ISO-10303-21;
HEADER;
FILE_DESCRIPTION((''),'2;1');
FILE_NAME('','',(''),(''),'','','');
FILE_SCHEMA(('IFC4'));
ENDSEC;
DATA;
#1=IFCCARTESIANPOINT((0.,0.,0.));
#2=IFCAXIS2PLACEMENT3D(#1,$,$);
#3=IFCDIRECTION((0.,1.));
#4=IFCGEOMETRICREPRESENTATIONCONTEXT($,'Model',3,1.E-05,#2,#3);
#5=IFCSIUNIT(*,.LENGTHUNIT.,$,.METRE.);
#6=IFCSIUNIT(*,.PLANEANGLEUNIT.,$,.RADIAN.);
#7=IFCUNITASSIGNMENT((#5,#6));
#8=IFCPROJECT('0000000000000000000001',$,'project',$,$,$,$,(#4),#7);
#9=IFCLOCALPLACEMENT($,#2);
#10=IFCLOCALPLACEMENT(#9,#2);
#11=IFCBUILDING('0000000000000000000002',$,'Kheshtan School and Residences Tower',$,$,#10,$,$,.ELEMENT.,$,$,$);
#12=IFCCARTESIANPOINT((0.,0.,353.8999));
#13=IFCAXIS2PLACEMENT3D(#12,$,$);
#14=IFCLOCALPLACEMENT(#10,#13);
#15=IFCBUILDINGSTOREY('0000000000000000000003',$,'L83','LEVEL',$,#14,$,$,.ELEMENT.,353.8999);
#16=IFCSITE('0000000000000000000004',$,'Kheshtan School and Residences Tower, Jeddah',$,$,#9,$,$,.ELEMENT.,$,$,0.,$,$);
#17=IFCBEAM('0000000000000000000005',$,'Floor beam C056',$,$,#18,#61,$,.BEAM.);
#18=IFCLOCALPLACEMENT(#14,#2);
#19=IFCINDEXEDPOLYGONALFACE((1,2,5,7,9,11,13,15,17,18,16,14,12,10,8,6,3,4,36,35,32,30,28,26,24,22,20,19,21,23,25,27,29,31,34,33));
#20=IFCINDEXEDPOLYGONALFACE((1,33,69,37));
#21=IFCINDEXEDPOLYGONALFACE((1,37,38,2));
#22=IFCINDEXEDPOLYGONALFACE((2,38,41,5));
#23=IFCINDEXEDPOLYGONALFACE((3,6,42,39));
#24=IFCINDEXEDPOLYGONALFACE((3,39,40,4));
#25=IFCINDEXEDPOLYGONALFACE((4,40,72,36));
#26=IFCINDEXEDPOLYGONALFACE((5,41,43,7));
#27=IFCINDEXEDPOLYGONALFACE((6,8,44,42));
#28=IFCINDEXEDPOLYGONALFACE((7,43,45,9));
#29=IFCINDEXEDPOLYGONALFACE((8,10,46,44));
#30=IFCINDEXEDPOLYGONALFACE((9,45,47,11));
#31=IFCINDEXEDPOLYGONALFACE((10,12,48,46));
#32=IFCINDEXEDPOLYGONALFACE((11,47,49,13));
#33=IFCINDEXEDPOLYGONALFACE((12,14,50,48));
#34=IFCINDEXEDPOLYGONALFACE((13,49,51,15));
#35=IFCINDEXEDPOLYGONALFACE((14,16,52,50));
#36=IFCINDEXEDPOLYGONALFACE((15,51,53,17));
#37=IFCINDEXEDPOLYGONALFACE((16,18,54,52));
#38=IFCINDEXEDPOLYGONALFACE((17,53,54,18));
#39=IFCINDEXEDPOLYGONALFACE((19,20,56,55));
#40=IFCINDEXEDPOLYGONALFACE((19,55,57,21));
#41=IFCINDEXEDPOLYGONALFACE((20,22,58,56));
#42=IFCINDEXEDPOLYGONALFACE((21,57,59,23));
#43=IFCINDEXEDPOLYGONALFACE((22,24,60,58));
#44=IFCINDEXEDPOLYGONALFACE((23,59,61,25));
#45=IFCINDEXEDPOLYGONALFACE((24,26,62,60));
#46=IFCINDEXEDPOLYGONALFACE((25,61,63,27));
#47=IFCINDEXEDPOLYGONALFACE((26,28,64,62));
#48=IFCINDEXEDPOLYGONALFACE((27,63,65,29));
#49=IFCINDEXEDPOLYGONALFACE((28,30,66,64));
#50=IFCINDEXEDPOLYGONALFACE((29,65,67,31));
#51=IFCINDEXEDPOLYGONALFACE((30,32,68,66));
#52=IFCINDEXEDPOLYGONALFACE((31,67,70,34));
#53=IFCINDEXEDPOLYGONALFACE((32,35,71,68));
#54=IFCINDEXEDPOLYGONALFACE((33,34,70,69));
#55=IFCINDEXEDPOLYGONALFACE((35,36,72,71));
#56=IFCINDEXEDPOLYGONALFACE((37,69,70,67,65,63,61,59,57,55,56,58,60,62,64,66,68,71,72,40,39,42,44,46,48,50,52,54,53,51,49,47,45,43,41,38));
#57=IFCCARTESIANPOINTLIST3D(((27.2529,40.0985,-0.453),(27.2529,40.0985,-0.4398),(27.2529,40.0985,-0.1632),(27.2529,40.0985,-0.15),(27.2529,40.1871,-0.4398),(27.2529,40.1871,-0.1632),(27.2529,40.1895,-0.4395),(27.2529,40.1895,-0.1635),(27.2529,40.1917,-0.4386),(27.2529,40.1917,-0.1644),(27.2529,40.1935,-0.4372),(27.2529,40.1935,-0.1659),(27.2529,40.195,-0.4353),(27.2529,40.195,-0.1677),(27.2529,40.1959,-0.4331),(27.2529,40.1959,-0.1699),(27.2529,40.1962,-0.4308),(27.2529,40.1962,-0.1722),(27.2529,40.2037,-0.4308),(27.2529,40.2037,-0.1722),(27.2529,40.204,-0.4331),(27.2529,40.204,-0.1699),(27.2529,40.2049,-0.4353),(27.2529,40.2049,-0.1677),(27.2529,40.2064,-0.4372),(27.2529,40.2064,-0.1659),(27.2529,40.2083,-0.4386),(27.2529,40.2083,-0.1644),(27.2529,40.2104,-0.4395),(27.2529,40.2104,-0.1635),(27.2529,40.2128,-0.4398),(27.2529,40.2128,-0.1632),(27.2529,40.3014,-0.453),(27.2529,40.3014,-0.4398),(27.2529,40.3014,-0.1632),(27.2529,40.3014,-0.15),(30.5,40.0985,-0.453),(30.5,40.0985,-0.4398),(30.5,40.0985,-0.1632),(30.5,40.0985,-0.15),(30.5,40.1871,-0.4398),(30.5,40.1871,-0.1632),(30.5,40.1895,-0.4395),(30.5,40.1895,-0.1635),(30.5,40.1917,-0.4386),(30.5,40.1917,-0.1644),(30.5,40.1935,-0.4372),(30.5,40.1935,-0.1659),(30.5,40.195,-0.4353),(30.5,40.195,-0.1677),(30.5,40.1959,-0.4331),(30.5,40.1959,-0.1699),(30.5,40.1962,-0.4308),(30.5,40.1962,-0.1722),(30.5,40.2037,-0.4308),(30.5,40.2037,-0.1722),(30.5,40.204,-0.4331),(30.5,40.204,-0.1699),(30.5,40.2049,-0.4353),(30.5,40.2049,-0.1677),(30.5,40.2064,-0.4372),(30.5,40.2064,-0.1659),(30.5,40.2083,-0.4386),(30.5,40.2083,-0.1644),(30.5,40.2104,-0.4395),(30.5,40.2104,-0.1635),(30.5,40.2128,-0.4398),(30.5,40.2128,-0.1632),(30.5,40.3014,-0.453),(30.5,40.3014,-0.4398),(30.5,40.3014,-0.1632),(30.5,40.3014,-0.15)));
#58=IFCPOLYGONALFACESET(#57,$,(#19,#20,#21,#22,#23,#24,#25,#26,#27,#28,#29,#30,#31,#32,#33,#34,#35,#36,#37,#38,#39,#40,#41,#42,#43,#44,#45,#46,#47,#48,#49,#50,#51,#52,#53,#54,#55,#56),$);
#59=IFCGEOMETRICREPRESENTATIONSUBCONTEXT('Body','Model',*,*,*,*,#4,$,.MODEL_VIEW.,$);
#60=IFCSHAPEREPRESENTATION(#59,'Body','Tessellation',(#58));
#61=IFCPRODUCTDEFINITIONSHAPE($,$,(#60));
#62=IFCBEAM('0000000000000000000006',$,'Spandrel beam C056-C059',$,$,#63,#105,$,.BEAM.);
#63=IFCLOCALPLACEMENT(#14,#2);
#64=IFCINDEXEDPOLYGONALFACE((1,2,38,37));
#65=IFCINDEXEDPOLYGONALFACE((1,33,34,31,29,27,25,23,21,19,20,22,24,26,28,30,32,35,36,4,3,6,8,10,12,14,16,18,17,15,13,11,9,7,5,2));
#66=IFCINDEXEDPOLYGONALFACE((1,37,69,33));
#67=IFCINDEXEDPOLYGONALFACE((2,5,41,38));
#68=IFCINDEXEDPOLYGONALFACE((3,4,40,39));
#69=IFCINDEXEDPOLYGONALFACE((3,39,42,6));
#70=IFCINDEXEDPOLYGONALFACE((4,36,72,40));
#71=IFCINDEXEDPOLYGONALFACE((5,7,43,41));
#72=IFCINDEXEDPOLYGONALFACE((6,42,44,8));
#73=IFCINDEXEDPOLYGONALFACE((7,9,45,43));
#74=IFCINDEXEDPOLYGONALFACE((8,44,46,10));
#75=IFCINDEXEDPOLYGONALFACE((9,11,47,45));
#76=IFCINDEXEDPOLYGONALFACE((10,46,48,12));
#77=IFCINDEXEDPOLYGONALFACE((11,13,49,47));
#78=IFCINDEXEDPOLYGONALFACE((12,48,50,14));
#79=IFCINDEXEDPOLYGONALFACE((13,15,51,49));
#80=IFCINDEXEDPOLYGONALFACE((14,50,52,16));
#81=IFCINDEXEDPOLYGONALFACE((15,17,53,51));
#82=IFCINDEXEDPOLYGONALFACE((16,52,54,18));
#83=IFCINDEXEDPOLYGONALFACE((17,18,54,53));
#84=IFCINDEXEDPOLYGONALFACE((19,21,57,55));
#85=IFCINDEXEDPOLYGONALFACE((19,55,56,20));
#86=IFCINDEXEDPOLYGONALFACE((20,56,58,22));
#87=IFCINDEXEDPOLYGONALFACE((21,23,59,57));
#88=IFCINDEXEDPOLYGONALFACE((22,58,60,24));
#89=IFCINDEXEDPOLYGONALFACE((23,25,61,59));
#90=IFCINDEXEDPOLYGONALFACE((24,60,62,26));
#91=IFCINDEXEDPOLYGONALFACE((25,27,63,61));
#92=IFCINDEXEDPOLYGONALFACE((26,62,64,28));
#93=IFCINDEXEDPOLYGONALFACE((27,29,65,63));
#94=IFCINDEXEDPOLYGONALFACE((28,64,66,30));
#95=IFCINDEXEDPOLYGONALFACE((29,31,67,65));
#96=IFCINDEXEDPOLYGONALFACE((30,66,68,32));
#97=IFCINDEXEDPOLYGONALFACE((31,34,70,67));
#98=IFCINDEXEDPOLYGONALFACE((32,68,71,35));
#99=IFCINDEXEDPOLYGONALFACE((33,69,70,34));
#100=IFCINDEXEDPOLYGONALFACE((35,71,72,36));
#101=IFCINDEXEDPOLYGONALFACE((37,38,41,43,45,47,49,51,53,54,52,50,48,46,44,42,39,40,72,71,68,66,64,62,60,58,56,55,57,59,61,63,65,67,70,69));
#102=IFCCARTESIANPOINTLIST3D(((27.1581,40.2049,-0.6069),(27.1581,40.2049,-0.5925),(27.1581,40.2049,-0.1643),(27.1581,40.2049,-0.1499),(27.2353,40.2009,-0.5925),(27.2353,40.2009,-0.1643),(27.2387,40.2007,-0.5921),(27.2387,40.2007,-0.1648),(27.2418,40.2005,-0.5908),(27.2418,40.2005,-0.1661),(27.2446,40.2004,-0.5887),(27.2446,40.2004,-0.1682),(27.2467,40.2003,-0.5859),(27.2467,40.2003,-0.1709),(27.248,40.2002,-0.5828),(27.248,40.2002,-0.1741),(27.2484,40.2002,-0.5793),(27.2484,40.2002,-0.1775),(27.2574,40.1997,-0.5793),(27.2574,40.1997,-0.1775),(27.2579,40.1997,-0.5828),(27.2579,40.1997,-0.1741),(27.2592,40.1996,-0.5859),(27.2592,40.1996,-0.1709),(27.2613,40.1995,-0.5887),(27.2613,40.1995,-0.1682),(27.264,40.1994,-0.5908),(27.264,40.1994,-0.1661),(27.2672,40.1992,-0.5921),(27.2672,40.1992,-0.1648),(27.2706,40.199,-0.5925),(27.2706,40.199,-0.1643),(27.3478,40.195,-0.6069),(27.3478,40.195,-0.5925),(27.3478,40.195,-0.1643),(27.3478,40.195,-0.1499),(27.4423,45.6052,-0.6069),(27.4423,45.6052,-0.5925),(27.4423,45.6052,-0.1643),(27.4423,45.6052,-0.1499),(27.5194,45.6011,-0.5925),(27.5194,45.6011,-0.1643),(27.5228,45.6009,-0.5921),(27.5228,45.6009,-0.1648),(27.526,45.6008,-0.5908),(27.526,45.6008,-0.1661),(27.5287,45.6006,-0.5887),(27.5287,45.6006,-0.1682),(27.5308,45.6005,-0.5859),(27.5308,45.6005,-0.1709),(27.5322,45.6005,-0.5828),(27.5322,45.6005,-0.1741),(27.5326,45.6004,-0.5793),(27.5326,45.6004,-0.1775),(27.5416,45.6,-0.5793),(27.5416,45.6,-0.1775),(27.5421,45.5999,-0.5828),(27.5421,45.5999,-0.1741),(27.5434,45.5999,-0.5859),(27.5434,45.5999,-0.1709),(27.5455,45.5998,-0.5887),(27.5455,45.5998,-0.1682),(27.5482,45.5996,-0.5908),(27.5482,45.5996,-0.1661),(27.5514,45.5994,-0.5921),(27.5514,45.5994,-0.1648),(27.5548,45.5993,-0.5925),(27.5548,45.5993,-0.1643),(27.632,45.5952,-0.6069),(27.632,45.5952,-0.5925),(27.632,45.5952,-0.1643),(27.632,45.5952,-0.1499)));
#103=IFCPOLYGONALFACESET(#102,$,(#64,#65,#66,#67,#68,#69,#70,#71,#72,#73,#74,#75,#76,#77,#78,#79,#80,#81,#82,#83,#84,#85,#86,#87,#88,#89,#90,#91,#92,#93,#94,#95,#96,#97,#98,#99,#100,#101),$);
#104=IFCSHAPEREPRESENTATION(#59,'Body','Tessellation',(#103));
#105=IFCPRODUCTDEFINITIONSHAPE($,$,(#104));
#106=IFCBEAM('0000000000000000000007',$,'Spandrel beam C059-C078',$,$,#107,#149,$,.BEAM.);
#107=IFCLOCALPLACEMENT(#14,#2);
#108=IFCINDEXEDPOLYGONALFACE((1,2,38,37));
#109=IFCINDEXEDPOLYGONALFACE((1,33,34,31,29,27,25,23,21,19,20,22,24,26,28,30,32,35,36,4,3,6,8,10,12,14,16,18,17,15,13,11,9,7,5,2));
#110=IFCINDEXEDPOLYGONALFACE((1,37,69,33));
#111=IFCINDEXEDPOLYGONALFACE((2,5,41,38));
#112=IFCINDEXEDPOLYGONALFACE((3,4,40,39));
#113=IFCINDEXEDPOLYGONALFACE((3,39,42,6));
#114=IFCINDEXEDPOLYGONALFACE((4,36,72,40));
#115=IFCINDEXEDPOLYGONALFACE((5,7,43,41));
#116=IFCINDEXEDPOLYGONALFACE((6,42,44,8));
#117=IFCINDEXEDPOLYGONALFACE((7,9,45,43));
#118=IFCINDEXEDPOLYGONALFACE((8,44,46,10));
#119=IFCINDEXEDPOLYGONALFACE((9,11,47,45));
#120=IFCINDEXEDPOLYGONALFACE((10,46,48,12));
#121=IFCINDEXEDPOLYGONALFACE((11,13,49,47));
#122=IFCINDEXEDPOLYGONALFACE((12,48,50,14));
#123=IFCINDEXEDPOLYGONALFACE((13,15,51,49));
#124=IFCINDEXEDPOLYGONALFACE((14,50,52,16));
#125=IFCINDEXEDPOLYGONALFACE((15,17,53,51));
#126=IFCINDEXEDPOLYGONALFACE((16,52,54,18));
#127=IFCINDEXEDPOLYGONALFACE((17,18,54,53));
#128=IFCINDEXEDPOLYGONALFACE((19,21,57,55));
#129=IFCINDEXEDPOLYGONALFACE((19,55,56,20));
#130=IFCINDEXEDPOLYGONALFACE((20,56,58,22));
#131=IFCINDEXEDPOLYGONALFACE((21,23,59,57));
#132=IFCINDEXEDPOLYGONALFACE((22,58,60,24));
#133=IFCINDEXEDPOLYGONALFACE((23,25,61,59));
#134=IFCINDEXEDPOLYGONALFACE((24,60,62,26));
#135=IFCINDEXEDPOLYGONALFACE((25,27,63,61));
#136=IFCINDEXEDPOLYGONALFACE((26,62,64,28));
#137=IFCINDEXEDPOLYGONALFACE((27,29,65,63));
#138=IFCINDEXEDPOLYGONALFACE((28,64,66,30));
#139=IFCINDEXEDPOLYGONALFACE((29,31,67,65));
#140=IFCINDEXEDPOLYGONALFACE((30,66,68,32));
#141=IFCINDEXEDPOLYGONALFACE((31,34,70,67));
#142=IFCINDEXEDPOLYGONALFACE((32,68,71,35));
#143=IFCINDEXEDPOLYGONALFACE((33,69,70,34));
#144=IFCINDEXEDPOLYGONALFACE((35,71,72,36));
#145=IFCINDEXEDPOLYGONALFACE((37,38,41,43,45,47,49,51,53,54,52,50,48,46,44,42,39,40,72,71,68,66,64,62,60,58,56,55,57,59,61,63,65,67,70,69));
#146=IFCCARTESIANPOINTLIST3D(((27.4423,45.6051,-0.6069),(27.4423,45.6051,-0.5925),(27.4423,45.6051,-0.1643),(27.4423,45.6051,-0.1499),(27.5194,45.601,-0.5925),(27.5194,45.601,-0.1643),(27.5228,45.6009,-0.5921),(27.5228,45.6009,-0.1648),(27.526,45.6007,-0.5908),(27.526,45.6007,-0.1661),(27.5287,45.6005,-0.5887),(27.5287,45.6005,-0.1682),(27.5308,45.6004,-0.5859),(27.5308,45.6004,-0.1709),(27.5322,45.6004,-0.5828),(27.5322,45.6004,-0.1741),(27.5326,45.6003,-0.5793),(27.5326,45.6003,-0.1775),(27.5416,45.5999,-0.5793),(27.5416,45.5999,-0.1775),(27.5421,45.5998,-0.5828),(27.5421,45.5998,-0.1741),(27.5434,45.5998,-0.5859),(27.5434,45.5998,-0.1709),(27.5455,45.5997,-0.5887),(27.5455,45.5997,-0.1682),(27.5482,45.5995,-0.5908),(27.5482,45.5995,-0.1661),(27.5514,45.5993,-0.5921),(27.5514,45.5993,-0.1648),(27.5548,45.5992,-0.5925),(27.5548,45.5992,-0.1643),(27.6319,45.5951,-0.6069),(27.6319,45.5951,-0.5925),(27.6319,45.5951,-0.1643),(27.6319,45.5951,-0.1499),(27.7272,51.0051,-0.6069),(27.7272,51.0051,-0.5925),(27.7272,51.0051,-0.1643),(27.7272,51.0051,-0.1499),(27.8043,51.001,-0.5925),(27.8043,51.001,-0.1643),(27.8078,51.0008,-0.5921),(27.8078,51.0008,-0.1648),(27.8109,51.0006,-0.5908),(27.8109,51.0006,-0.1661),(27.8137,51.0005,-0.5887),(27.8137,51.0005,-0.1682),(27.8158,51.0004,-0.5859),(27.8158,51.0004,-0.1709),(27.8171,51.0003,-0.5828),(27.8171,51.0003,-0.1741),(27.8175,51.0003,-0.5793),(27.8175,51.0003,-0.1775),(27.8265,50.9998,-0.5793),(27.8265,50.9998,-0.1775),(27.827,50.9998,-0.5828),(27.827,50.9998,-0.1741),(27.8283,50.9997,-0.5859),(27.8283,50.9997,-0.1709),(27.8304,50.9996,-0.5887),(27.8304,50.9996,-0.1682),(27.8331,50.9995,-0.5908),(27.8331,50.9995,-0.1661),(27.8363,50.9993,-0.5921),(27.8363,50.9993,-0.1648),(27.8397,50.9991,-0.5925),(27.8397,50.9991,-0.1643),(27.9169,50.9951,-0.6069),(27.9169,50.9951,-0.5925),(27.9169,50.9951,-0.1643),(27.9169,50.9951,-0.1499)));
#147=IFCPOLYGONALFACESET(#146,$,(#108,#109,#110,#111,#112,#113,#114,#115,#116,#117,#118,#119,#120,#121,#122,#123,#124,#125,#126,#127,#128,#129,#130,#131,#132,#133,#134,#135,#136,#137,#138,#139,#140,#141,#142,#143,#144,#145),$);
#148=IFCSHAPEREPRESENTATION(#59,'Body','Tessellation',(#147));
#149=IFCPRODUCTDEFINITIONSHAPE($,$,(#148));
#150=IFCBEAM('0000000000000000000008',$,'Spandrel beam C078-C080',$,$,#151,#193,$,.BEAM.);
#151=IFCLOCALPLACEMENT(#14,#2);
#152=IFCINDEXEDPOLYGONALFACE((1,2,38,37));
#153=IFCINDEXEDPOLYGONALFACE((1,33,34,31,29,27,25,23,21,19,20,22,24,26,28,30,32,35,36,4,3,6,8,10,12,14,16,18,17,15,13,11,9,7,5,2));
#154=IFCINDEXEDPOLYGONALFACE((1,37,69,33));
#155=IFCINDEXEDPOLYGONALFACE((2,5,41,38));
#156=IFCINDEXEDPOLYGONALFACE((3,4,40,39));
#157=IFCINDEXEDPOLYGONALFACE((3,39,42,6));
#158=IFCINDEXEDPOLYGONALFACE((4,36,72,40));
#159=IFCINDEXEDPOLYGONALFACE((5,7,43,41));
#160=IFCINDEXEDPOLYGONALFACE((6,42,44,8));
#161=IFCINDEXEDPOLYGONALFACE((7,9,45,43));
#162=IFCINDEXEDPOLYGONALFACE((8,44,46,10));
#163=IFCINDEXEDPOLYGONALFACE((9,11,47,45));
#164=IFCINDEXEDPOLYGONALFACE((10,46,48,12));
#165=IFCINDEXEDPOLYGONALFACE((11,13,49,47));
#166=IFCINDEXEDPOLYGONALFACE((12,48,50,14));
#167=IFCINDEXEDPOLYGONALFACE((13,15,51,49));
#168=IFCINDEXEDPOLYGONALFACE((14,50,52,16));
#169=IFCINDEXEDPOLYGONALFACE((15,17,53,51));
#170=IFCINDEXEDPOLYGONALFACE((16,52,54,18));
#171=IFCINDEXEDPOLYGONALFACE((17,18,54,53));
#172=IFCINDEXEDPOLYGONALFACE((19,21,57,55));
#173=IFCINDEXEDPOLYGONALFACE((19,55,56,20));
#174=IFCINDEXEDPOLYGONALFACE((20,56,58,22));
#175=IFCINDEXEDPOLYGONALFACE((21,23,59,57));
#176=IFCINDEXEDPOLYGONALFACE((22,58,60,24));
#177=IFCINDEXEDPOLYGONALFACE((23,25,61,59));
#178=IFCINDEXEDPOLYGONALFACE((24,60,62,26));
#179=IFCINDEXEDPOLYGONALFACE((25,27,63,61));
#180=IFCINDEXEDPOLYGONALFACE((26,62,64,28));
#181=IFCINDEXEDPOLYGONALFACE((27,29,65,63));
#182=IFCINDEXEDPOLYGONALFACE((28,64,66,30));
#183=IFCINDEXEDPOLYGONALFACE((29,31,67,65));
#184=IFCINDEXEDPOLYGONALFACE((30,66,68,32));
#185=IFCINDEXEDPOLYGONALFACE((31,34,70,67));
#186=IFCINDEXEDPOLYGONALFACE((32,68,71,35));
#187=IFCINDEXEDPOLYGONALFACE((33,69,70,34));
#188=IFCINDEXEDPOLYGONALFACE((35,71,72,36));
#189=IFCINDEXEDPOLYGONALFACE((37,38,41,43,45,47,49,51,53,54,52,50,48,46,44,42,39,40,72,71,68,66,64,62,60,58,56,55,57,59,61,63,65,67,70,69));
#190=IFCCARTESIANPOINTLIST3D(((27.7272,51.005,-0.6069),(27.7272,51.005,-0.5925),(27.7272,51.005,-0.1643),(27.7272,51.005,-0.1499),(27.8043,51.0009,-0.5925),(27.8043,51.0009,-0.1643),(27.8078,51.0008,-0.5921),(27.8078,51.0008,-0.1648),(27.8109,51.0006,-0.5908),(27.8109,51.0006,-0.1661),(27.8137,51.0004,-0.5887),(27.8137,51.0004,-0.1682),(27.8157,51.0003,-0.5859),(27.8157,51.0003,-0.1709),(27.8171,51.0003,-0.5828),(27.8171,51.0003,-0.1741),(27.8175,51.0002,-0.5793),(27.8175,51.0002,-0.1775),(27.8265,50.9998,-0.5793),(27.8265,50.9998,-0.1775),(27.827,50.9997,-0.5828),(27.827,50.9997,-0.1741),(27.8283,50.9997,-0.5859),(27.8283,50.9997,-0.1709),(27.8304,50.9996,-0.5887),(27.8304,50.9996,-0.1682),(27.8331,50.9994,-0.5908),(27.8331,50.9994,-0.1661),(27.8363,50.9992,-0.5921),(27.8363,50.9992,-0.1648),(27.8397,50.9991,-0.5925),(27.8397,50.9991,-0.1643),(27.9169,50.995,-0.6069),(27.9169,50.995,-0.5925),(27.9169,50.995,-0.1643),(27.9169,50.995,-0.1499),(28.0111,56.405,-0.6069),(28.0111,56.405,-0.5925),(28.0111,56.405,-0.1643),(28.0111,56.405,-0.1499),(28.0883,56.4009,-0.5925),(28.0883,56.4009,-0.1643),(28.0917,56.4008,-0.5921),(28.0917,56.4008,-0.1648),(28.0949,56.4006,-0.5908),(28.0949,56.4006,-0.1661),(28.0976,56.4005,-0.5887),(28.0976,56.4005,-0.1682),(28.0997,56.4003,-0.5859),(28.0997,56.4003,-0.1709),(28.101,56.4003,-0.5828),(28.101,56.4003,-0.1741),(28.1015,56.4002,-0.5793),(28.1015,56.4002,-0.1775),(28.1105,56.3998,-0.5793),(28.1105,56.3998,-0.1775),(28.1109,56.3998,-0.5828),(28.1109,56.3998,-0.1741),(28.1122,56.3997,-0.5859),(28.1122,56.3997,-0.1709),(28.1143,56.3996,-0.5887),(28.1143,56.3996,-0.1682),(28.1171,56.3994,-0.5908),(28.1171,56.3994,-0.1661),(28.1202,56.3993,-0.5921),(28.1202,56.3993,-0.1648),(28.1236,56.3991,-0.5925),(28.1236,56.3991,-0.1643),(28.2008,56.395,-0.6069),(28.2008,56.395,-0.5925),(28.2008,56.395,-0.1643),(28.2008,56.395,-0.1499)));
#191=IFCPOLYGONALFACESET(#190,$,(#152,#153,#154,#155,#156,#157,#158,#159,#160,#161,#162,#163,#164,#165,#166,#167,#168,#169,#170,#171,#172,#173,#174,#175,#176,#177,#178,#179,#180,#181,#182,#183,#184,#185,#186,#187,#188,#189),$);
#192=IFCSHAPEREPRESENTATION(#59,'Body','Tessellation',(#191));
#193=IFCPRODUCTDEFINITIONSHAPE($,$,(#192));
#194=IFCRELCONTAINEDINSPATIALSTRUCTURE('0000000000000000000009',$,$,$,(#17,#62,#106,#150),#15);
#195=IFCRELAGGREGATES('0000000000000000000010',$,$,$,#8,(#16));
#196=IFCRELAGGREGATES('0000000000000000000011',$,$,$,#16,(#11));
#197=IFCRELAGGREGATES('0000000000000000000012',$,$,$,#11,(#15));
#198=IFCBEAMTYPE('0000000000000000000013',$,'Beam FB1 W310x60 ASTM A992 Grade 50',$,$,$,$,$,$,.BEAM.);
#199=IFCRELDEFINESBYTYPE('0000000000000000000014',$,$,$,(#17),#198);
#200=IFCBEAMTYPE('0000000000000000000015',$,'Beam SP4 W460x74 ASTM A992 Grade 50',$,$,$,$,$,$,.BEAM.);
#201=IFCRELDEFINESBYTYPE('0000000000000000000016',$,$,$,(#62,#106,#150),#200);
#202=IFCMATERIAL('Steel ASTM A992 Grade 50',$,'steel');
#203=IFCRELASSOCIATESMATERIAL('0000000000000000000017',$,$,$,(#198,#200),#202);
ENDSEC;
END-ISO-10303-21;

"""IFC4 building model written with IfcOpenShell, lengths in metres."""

from ifc_helpers import new_model, si_unit, direction, frame, origin, origin_2d, place, context, subcontext, project, spatial, i_section, extrude, material, material_profile, profile_set, type_object, element, save


model = new_model("IFC4")

# Units and contexts
model_context = context("Model", 3, precision=1e-05, world=origin(), true_north=direction((0.0, 1.0)))
body_context = subcontext(model_context, "Body", "Model", "MODEL_VIEW")
ifc_project = project(units=[si_unit("LENGTHUNIT", "METRE"), si_unit("PLANEANGLEUNIT", "RADIAN")], contexts=[model_context])

# Site, building, storey
site_placement = place(None, origin())
site = spatial("IfcSite", under=ifc_project, at=site_placement, Name="Kheshtan School and Residences Tower, Jeddah", CompositionType="ELEMENT", RefElevation=0.0)
building_placement = place(site_placement, origin())
building = spatial("IfcBuilding", under=site, at=building_placement, Name="Kheshtan School and Residences Tower", CompositionType="ELEMENT")
storey_placement = place(building_placement, frame((0.0, 0.0, 353.8999)))
storey = spatial("IfcBuildingStorey", under=building, at=storey_placement, Name="L83", Description="LEVEL", CompositionType="ELEMENT", Elevation=353.8999)

# Shared definitions
ifc_material_1 = material(Name="Steel ASTM A992 Grade 50", Category="steel")

# Beams
ifc_material_profile_1 = material_profile(ifc_material_1, i_section(OverallWidth=0.2029, OverallDepth=0.303, WebThickness=0.0076, FlangeThickness=0.0132, FilletRadius=0.009, at=origin_2d()), Name="W310x60")
ifc_profile_set_1 = profile_set([ifc_material_profile_1], Name="Steel ASTM A992 Grade 50")
beam_type_1 = type_object("IfcBeamType", Name="Beam FB1 W310x60 ASTM A992 Grade 50", PredefinedType="BEAM", material=ifc_profile_set_1)
beam_1_placement = place(storey_placement, frame((27.2529, 40.2, -0.3015), z_axis=(1.0, 0.0, 0.0), x_axis=(0.0, 1.0, 0.0)))
element("IfcBeam", 1, at=beam_1_placement, inside=storey, type_object=beam_type_1, Name="Floor beam C056", PredefinedType="BEAM", context=body_context, shape_type="SweptSolid", body=[
    extrude(i_section(OverallWidth=0.2029, OverallDepth=0.303, WebThickness=0.0076, FlangeThickness=0.0132, FilletRadius=0.009, at=origin_2d()), origin(), (0.0, 0.0, 1.0), 3.2471),
])
ifc_material_profile_2 = material_profile(ifc_material_1, i_section(OverallWidth=0.1899, OverallDepth=0.457, WebThickness=0.009, FlangeThickness=0.0144, FilletRadius=0.0132, at=origin_2d()), Name="W460x74")
ifc_profile_set_2 = profile_set([ifc_material_profile_2], Name="Steel ASTM A992 Grade 50")
beam_type_2 = type_object("IfcBeamType", Name="Beam SP4 W460x74 ASTM A992 Grade 50", PredefinedType="BEAM", material=ifc_profile_set_2)
beam_2_placement = place(storey_placement, frame((27.2529, 40.2, -0.3784), z_axis=(0.052552, 0.998618, 0.0), x_axis=(-0.998618, 0.052552, 0.0)))
element("IfcBeam", 2, at=beam_2_placement, inside=storey, type_object=beam_type_2, Name="Spandrel beam C056-C059", PredefinedType="BEAM", context=body_context, shape_type="SweptSolid", body=[
    extrude(i_section(OverallWidth=0.1899, OverallDepth=0.457, WebThickness=0.009, FlangeThickness=0.0144, FilletRadius=0.0132, at=origin_2d()), origin(), (0.0, 0.0, 1.0), 5.4077),
])
for number, where, z_axis, x_axis, name in (
    (3, (27.5371, 45.6001, -0.3784), (0.052689, 0.998611, 0.0), (-0.998611, 0.052689, 0.0), "Spandrel beam C059-C078"),
    (4, (27.822, 51.0, -0.3784), (0.052509, 0.99862, 0.0), (-0.99862, 0.052509, 0.0), "Spandrel beam C078-C080"),
):
    element("IfcBeam", number, at=place(storey_placement, frame(where, z_axis=z_axis, x_axis=x_axis)), inside=storey, type_object=beam_type_2, Name=name, PredefinedType="BEAM", context=body_context, shape_type="SweptSolid", body=[
        extrude(i_section(OverallWidth=0.1899, OverallDepth=0.457, WebThickness=0.009, FlangeThickness=0.0144, FilletRadius=0.0132, at=origin_2d()), origin(), (0.0, 0.0, 1.0), 5.4075),
    ])

save(model, "model.ifc")
